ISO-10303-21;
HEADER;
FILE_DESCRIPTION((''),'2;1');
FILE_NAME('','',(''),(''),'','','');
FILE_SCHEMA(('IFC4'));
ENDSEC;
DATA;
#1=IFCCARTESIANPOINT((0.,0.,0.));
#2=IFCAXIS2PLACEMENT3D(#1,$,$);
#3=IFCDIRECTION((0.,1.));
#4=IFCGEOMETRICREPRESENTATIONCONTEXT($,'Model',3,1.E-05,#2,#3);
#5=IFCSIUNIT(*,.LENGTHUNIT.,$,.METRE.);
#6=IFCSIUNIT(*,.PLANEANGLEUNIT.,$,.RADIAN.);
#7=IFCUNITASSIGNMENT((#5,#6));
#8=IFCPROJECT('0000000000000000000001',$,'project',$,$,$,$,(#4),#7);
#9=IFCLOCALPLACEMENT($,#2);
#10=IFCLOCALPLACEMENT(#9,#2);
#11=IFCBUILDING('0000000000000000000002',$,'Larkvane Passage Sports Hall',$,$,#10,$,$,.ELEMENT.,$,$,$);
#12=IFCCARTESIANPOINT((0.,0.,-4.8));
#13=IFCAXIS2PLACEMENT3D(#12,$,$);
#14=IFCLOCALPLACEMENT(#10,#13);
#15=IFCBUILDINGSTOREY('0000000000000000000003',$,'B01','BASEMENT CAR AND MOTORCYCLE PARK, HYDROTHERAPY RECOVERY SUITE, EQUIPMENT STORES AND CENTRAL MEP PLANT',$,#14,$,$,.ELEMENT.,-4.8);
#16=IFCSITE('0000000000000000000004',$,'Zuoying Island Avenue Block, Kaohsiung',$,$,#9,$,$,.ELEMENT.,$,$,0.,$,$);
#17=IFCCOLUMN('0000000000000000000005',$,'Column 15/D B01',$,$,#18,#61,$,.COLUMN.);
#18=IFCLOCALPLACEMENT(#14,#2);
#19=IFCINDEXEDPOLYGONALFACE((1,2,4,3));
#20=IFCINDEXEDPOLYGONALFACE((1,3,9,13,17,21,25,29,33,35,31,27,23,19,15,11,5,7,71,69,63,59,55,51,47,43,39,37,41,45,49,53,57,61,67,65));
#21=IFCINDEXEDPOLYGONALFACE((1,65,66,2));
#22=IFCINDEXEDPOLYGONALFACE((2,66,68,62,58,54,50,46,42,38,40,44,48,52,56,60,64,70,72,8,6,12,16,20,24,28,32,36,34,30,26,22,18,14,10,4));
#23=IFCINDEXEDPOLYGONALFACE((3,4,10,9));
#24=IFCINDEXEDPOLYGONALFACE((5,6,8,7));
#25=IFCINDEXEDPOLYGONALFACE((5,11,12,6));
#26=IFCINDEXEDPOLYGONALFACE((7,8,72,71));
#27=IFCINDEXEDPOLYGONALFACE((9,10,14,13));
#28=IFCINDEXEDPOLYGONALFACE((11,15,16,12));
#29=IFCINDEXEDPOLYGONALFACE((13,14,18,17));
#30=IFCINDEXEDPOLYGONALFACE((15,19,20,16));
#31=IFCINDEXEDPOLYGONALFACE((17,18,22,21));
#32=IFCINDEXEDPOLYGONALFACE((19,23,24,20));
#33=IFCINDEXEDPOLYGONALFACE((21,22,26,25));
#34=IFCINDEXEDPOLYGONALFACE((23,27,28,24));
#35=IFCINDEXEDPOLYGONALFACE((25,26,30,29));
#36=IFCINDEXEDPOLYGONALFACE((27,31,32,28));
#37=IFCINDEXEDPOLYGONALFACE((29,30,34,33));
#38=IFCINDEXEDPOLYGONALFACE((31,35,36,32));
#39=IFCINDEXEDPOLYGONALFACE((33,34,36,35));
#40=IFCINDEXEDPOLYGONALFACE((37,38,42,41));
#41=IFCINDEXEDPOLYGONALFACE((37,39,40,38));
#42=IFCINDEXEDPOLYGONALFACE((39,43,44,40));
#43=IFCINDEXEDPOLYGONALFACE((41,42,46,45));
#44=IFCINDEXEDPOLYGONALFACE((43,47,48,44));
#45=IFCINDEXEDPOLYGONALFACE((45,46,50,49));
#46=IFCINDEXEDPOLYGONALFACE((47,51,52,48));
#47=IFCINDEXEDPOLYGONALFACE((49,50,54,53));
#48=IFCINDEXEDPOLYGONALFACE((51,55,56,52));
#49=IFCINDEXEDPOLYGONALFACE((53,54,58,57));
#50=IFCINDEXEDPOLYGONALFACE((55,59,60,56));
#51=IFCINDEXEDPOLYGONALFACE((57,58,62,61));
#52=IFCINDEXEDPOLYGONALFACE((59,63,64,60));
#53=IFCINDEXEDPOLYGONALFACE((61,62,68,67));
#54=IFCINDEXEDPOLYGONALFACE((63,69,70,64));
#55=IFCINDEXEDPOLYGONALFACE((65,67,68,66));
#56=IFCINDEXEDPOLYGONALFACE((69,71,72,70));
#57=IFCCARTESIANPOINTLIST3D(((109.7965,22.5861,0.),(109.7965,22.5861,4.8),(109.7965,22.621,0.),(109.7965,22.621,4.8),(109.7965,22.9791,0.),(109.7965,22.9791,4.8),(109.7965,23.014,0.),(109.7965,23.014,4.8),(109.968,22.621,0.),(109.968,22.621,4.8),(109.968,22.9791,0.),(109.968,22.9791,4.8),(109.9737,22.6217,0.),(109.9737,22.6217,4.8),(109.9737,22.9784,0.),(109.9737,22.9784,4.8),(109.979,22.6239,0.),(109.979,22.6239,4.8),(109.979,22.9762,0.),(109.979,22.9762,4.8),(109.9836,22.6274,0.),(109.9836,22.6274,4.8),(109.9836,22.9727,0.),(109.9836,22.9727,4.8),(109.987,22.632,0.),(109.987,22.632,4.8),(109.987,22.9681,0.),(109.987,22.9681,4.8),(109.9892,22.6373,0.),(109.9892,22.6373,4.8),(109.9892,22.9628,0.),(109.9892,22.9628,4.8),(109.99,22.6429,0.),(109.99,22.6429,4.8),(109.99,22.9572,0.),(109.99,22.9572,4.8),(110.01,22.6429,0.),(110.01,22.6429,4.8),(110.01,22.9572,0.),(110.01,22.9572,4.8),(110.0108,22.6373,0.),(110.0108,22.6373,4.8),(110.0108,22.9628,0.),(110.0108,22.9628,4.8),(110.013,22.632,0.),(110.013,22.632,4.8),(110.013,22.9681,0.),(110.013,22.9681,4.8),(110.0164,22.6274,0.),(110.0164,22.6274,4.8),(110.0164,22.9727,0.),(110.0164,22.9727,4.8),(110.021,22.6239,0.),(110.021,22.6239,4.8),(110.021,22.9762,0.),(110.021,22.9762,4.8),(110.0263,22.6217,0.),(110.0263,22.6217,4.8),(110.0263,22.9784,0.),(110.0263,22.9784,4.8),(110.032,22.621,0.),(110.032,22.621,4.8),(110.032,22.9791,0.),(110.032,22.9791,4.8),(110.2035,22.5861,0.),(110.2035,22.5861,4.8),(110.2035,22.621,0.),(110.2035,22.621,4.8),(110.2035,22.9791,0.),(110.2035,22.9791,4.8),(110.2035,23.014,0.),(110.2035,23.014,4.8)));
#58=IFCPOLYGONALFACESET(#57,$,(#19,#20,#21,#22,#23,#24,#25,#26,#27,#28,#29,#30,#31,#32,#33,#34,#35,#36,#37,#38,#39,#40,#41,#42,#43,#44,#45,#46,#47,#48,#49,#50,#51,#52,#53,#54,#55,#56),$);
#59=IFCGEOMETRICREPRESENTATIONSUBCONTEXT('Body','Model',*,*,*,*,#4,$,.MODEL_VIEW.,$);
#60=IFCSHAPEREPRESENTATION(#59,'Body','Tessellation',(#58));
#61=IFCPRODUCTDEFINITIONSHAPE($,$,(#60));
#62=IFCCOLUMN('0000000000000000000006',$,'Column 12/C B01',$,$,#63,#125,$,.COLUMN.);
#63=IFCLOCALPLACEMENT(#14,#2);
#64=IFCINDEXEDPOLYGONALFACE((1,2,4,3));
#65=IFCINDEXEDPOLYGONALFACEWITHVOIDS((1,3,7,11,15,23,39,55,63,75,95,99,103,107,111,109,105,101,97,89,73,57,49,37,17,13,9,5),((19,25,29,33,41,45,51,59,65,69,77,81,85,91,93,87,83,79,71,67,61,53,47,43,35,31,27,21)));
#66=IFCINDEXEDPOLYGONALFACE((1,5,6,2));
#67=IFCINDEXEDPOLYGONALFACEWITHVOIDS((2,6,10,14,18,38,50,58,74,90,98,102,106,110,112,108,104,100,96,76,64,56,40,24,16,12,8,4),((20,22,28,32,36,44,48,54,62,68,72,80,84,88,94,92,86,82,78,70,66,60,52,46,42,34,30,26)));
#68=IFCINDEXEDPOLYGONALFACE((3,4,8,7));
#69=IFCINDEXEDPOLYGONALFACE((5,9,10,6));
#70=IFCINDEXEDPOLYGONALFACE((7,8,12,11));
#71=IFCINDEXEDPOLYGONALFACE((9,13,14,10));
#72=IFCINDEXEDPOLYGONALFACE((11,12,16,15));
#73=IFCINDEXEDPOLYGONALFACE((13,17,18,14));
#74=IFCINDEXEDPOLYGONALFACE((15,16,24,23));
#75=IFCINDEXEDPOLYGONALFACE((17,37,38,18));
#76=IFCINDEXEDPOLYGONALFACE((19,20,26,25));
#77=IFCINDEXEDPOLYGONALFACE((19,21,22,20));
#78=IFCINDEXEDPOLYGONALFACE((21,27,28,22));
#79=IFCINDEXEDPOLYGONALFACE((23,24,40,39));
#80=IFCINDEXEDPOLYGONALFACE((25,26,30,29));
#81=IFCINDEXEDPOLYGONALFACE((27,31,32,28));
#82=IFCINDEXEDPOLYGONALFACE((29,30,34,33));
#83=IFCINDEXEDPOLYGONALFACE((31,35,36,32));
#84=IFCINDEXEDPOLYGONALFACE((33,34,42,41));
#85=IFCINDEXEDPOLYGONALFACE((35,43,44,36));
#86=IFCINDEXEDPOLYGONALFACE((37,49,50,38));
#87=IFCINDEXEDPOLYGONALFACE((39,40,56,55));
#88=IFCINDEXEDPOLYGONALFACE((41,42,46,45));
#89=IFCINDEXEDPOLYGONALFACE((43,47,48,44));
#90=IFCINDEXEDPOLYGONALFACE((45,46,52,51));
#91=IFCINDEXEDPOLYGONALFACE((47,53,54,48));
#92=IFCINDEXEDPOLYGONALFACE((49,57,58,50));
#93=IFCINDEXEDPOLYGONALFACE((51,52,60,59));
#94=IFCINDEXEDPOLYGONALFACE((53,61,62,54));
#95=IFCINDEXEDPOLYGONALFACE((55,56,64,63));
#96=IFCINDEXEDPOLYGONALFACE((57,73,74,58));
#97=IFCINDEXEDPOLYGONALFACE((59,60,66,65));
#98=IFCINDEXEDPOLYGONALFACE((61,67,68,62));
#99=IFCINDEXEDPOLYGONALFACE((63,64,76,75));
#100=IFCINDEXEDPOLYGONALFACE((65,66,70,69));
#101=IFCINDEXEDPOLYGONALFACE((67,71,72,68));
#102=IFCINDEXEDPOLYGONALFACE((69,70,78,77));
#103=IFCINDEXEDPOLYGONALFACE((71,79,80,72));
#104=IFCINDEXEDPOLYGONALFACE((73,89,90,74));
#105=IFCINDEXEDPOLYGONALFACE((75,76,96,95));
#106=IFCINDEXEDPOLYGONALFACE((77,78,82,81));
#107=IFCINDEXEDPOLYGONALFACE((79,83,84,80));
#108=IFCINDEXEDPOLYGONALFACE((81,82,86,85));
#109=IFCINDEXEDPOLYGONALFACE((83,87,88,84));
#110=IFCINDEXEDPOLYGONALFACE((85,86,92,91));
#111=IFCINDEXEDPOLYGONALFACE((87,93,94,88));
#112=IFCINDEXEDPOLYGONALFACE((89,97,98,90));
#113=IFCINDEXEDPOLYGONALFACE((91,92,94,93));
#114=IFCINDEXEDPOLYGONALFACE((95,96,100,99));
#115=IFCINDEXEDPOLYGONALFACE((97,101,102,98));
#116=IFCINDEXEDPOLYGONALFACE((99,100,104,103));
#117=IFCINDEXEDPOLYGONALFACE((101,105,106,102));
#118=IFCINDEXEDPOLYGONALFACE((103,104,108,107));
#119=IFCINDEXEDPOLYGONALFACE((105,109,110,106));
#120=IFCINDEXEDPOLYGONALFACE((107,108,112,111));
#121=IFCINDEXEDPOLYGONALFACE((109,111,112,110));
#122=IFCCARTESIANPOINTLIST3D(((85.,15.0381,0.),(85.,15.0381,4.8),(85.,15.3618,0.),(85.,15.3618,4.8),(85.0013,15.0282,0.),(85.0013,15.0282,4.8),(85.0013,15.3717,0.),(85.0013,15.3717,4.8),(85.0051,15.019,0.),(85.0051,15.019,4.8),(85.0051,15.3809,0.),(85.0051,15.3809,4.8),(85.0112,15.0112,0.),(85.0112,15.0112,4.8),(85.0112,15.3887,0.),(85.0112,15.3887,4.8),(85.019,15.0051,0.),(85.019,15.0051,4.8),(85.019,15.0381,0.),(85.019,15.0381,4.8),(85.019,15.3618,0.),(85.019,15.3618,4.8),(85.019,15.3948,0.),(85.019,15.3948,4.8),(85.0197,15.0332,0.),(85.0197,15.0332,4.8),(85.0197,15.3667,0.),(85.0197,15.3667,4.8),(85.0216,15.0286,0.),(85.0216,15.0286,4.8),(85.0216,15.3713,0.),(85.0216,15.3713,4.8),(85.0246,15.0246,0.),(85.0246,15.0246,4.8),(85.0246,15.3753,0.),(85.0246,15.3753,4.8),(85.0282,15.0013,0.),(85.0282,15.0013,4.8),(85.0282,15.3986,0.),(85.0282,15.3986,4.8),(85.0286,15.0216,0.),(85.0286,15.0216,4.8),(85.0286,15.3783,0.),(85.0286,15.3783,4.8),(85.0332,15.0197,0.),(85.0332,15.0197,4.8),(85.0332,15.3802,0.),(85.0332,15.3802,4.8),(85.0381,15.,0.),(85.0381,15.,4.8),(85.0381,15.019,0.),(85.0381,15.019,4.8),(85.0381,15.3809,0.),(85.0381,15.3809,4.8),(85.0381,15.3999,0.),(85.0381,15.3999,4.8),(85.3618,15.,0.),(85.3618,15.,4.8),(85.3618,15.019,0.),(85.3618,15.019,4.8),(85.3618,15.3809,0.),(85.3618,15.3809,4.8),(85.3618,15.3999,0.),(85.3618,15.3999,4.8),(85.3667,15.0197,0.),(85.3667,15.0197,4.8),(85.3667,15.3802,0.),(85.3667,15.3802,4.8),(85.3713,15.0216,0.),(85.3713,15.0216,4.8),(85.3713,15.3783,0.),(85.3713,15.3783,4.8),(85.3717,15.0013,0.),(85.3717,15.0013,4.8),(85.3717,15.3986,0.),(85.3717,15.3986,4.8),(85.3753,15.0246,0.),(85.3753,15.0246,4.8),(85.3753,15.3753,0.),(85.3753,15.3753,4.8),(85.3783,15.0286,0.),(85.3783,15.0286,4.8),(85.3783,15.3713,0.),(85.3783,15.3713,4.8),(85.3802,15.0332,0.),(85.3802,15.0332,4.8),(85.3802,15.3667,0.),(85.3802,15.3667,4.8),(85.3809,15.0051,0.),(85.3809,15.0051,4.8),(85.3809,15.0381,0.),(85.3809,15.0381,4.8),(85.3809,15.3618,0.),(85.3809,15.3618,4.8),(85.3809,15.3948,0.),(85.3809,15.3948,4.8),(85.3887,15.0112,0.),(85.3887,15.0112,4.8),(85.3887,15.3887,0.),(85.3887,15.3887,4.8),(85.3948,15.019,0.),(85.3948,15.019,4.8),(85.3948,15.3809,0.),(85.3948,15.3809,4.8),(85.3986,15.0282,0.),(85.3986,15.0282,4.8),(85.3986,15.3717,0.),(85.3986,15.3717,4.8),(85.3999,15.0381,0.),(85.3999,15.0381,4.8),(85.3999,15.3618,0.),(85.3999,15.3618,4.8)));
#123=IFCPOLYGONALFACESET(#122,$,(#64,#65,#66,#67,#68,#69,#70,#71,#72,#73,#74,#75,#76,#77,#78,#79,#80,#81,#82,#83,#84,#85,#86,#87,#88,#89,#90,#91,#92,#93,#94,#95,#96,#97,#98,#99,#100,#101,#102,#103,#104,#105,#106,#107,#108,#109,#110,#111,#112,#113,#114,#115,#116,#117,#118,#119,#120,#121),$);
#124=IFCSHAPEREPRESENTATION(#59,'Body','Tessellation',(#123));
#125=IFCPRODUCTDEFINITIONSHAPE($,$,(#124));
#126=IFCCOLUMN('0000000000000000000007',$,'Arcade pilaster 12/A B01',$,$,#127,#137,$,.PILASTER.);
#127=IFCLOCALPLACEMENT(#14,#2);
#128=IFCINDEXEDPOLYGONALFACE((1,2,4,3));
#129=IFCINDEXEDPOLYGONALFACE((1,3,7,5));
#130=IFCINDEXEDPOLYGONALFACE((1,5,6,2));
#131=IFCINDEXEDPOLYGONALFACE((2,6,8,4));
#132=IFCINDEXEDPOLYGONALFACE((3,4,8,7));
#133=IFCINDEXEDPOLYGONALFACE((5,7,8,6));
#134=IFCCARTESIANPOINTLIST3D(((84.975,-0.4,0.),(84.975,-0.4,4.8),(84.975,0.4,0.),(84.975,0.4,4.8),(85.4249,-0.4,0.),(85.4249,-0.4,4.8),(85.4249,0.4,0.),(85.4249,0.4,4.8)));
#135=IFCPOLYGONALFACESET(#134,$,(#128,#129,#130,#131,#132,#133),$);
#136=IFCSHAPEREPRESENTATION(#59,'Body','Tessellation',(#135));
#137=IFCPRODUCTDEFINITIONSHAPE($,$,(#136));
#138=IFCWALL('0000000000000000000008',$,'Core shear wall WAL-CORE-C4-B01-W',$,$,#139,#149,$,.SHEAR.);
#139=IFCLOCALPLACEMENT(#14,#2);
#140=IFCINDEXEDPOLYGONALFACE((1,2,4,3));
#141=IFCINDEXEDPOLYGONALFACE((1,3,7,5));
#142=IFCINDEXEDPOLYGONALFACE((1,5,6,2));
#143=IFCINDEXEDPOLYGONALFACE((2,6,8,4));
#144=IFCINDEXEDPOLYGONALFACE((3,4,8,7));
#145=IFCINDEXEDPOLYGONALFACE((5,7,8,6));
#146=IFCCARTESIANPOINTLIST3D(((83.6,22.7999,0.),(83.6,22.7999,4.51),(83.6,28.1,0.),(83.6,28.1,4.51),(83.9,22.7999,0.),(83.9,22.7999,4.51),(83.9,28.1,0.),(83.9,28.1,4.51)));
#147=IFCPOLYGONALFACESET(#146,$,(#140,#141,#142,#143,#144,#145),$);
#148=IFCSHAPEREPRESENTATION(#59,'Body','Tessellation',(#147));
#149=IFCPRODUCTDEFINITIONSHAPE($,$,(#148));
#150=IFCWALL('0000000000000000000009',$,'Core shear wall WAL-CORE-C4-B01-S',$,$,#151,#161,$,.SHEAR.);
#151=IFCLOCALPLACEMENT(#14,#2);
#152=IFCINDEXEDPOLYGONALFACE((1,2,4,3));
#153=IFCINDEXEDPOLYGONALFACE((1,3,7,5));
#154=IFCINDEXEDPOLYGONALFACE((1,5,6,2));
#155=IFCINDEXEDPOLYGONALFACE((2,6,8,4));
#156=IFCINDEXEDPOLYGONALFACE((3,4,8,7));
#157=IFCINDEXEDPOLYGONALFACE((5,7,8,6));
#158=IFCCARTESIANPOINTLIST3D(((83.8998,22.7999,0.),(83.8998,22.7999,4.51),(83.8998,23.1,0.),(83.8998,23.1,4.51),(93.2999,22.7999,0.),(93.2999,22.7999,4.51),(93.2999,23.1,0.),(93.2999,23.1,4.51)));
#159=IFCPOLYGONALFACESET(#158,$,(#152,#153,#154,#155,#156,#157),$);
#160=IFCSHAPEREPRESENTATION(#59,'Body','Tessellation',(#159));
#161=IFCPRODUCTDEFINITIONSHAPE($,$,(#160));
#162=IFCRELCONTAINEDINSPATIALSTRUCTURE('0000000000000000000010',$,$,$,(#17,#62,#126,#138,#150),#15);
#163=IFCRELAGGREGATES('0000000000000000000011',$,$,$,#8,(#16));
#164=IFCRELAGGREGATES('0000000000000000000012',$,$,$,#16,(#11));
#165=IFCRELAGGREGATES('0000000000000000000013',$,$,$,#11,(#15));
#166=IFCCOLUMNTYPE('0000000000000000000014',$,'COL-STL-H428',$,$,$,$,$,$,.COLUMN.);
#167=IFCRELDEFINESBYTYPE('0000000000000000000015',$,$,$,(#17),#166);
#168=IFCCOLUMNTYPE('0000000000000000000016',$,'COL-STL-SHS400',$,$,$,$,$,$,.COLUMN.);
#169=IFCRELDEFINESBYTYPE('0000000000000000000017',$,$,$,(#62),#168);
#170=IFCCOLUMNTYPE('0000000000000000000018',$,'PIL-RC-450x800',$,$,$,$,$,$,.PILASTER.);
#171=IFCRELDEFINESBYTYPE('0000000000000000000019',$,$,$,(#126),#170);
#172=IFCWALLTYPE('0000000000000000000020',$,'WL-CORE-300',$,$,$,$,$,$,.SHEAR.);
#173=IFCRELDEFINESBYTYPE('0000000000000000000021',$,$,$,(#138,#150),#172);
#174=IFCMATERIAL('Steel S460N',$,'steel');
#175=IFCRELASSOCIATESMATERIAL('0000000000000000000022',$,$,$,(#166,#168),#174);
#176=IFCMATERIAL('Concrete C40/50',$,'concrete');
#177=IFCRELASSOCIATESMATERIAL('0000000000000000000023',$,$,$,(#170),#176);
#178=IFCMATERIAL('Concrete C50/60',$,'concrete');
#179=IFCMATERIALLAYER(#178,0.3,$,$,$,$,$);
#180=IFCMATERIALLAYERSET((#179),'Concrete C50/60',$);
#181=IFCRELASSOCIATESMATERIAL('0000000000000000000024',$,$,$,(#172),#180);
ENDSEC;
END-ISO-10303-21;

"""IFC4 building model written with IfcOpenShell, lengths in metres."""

from ifc_helpers import new_model, si_unit, direction, frame, frame_2d, origin, origin_2d, place, context, subcontext, project, spatial, rectangle, hollow_rectangle, i_section, extrude, material, layer, layer_set, material_profile, profile_set, type_object, element, save


model = new_model("IFC4")

# Units and contexts
model_context = context("Model", 3, precision=1e-05, world=origin(), true_north=direction((0.0, 1.0)))
body_context = subcontext(model_context, "Body", "Model", "MODEL_VIEW")
ifc_project = project(units=[si_unit("LENGTHUNIT", "METRE"), si_unit("PLANEANGLEUNIT", "RADIAN")], contexts=[model_context])

# Site, building, storey
site_placement = place(None, origin())
site = spatial("IfcSite", under=ifc_project, at=site_placement, Name="Zuoying Island Avenue Block, Kaohsiung", CompositionType="ELEMENT", RefElevation=0.0)
building_placement = place(site_placement, origin())
building = spatial("IfcBuilding", under=site, at=building_placement, Name="Larkvane Passage Sports Hall", CompositionType="ELEMENT")
storey_placement = place(building_placement, frame((0.0, 0.0, -4.8)))
storey = spatial("IfcBuildingStorey", under=building, at=storey_placement, Name="B01", Description="BASEMENT CAR AND MOTORCYCLE PARK, HYDROTHERAPY RECOVERY SUITE, EQUIPMENT STORES AND CENTRAL MEP PLANT", CompositionType="ELEMENT", Elevation=-4.8)

# Shared definitions
ifc_material_1 = material(Name="Concrete C40/50", Category="concrete")

# Columns
ifc_material_2 = material(Name="Concrete C50/60", Category="concrete")
ifc_material_3 = material(Name="Steel S460N", Category="steel")
ifc_material_profile_1 = material_profile(ifc_material_3, i_section(OverallWidth=0.407, OverallDepth=0.428, WebThickness=0.02, FlangeThickness=0.0349, FilletRadius=0.022, at=origin_2d()), Name="H-428x407x20x35")
ifc_profile_set_1 = profile_set([ifc_material_profile_1], Name="Steel S460N")
column_type_1 = type_object("IfcColumnType", Name="COL-STL-H428", PredefinedType="COLUMN", material=ifc_profile_set_1)
column_1_placement = place(storey_placement, frame((110.0, 22.8, 0.0), z_axis=(0.0, 0.0, 1.0), x_axis=(1.0, 0.0, 0.0)))
element("IfcColumn", 1, at=column_1_placement, inside=storey, type_object=column_type_1, Name="Column 15/D B01", PredefinedType="COLUMN", context=body_context, shape_type="SweptSolid", body=[
    extrude(i_section(OverallWidth=0.407, OverallDepth=0.428, WebThickness=0.02, FlangeThickness=0.0349, FilletRadius=0.022, at=origin_2d()), origin(), (0.0, 0.0, 1.0), 4.8),
])
ifc_material_profile_2 = material_profile(ifc_material_3, hollow_rectangle(XDim=0.3999, YDim=0.3999, WallThickness=0.019, InnerFilletRadius=0.019, OuterFilletRadius=0.0381, at=origin_2d()), Name="SHS-400x400x19")
ifc_profile_set_2 = profile_set([ifc_material_profile_2], Name="Steel S460N")
column_type_2 = type_object("IfcColumnType", Name="COL-STL-SHS400", PredefinedType="COLUMN", material=ifc_profile_set_2)
column_2_placement = place(storey_placement, frame((85.2, 15.2, 0.0), z_axis=(0.0, 0.0, 1.0), x_axis=(1.0, 0.0, 0.0)))
element("IfcColumn", 2, at=column_2_placement, inside=storey, type_object=column_type_2, Name="Column 12/C B01", PredefinedType="COLUMN", context=body_context, shape_type="SweptSolid", body=[
    extrude(hollow_rectangle(XDim=0.3999, YDim=0.3999, WallThickness=0.019, InnerFilletRadius=0.019, OuterFilletRadius=0.0381, at=origin_2d()), origin(), (0.0, 0.0, 1.0), 4.8),
])
ifc_material_profile_3 = material_profile(ifc_material_1, rectangle(XDim=0.45, YDim=0.8, at=origin_2d()), Name="RC-PIL-450x800")
ifc_profile_set_3 = profile_set([ifc_material_profile_3], Name="Concrete C40/50")
column_type_3 = type_object("IfcColumnType", Name="PIL-RC-450x800", PredefinedType="PILASTER", material=ifc_profile_set_3)
column_3_placement = place(storey_placement, frame((85.2, 0.0, 0.0), z_axis=(0.0, 0.0, 1.0), x_axis=(1.0, 0.0, 0.0)))
element("IfcColumn", 3, at=column_3_placement, inside=storey, type_object=column_type_3, Name="Arcade pilaster 12/A B01", PredefinedType="PILASTER", context=body_context, shape_type="SweptSolid", body=[
    extrude(rectangle(XDim=0.45, YDim=0.8, at=origin_2d()), origin(), (0.0, 0.0, 1.0), 4.8),
])

# Walls
ifc_layer = layer(ifc_material_2, 0.3)
ifc_layer_set = layer_set([ifc_layer], Name="Concrete C50/60")
wall_type = type_object("IfcWallType", Name="WL-CORE-300", PredefinedType="SHEAR", material=ifc_layer_set)
wall_1_placement = place(storey_placement, frame((83.75, 22.8, 0.0), z_axis=(0.0, 0.0, 1.0), x_axis=(0.0, 1.0, 0.0)))
element("IfcWall", 4, at=wall_1_placement, inside=storey, type_object=wall_type, Name="Core shear wall WAL-CORE-C4-B01-W", PredefinedType="SHEAR", context=body_context, shape_type="SweptSolid", body=[
    extrude(rectangle(XDim=5.3, YDim=0.3, at=frame_2d((2.6499, 0.0))), origin(), (0.0, 0.0, 1.0), 4.51),
])
wall_2_placement = place(storey_placement, frame((93.3, 22.95, 0.0), z_axis=(0.0, 0.0, 1.0), x_axis=(-1.0, 0.0, 0.0)))
element("IfcWall", 5, at=wall_2_placement, inside=storey, type_object=wall_type, Name="Core shear wall WAL-CORE-C4-B01-S", PredefinedType="SHEAR", context=body_context, shape_type="SweptSolid", body=[
    extrude(rectangle(XDim=9.4001, YDim=0.3, at=frame_2d((4.7002, 0.0))), origin(), (0.0, 0.0, 1.0), 4.51),
])

save(model, "model.ifc")
